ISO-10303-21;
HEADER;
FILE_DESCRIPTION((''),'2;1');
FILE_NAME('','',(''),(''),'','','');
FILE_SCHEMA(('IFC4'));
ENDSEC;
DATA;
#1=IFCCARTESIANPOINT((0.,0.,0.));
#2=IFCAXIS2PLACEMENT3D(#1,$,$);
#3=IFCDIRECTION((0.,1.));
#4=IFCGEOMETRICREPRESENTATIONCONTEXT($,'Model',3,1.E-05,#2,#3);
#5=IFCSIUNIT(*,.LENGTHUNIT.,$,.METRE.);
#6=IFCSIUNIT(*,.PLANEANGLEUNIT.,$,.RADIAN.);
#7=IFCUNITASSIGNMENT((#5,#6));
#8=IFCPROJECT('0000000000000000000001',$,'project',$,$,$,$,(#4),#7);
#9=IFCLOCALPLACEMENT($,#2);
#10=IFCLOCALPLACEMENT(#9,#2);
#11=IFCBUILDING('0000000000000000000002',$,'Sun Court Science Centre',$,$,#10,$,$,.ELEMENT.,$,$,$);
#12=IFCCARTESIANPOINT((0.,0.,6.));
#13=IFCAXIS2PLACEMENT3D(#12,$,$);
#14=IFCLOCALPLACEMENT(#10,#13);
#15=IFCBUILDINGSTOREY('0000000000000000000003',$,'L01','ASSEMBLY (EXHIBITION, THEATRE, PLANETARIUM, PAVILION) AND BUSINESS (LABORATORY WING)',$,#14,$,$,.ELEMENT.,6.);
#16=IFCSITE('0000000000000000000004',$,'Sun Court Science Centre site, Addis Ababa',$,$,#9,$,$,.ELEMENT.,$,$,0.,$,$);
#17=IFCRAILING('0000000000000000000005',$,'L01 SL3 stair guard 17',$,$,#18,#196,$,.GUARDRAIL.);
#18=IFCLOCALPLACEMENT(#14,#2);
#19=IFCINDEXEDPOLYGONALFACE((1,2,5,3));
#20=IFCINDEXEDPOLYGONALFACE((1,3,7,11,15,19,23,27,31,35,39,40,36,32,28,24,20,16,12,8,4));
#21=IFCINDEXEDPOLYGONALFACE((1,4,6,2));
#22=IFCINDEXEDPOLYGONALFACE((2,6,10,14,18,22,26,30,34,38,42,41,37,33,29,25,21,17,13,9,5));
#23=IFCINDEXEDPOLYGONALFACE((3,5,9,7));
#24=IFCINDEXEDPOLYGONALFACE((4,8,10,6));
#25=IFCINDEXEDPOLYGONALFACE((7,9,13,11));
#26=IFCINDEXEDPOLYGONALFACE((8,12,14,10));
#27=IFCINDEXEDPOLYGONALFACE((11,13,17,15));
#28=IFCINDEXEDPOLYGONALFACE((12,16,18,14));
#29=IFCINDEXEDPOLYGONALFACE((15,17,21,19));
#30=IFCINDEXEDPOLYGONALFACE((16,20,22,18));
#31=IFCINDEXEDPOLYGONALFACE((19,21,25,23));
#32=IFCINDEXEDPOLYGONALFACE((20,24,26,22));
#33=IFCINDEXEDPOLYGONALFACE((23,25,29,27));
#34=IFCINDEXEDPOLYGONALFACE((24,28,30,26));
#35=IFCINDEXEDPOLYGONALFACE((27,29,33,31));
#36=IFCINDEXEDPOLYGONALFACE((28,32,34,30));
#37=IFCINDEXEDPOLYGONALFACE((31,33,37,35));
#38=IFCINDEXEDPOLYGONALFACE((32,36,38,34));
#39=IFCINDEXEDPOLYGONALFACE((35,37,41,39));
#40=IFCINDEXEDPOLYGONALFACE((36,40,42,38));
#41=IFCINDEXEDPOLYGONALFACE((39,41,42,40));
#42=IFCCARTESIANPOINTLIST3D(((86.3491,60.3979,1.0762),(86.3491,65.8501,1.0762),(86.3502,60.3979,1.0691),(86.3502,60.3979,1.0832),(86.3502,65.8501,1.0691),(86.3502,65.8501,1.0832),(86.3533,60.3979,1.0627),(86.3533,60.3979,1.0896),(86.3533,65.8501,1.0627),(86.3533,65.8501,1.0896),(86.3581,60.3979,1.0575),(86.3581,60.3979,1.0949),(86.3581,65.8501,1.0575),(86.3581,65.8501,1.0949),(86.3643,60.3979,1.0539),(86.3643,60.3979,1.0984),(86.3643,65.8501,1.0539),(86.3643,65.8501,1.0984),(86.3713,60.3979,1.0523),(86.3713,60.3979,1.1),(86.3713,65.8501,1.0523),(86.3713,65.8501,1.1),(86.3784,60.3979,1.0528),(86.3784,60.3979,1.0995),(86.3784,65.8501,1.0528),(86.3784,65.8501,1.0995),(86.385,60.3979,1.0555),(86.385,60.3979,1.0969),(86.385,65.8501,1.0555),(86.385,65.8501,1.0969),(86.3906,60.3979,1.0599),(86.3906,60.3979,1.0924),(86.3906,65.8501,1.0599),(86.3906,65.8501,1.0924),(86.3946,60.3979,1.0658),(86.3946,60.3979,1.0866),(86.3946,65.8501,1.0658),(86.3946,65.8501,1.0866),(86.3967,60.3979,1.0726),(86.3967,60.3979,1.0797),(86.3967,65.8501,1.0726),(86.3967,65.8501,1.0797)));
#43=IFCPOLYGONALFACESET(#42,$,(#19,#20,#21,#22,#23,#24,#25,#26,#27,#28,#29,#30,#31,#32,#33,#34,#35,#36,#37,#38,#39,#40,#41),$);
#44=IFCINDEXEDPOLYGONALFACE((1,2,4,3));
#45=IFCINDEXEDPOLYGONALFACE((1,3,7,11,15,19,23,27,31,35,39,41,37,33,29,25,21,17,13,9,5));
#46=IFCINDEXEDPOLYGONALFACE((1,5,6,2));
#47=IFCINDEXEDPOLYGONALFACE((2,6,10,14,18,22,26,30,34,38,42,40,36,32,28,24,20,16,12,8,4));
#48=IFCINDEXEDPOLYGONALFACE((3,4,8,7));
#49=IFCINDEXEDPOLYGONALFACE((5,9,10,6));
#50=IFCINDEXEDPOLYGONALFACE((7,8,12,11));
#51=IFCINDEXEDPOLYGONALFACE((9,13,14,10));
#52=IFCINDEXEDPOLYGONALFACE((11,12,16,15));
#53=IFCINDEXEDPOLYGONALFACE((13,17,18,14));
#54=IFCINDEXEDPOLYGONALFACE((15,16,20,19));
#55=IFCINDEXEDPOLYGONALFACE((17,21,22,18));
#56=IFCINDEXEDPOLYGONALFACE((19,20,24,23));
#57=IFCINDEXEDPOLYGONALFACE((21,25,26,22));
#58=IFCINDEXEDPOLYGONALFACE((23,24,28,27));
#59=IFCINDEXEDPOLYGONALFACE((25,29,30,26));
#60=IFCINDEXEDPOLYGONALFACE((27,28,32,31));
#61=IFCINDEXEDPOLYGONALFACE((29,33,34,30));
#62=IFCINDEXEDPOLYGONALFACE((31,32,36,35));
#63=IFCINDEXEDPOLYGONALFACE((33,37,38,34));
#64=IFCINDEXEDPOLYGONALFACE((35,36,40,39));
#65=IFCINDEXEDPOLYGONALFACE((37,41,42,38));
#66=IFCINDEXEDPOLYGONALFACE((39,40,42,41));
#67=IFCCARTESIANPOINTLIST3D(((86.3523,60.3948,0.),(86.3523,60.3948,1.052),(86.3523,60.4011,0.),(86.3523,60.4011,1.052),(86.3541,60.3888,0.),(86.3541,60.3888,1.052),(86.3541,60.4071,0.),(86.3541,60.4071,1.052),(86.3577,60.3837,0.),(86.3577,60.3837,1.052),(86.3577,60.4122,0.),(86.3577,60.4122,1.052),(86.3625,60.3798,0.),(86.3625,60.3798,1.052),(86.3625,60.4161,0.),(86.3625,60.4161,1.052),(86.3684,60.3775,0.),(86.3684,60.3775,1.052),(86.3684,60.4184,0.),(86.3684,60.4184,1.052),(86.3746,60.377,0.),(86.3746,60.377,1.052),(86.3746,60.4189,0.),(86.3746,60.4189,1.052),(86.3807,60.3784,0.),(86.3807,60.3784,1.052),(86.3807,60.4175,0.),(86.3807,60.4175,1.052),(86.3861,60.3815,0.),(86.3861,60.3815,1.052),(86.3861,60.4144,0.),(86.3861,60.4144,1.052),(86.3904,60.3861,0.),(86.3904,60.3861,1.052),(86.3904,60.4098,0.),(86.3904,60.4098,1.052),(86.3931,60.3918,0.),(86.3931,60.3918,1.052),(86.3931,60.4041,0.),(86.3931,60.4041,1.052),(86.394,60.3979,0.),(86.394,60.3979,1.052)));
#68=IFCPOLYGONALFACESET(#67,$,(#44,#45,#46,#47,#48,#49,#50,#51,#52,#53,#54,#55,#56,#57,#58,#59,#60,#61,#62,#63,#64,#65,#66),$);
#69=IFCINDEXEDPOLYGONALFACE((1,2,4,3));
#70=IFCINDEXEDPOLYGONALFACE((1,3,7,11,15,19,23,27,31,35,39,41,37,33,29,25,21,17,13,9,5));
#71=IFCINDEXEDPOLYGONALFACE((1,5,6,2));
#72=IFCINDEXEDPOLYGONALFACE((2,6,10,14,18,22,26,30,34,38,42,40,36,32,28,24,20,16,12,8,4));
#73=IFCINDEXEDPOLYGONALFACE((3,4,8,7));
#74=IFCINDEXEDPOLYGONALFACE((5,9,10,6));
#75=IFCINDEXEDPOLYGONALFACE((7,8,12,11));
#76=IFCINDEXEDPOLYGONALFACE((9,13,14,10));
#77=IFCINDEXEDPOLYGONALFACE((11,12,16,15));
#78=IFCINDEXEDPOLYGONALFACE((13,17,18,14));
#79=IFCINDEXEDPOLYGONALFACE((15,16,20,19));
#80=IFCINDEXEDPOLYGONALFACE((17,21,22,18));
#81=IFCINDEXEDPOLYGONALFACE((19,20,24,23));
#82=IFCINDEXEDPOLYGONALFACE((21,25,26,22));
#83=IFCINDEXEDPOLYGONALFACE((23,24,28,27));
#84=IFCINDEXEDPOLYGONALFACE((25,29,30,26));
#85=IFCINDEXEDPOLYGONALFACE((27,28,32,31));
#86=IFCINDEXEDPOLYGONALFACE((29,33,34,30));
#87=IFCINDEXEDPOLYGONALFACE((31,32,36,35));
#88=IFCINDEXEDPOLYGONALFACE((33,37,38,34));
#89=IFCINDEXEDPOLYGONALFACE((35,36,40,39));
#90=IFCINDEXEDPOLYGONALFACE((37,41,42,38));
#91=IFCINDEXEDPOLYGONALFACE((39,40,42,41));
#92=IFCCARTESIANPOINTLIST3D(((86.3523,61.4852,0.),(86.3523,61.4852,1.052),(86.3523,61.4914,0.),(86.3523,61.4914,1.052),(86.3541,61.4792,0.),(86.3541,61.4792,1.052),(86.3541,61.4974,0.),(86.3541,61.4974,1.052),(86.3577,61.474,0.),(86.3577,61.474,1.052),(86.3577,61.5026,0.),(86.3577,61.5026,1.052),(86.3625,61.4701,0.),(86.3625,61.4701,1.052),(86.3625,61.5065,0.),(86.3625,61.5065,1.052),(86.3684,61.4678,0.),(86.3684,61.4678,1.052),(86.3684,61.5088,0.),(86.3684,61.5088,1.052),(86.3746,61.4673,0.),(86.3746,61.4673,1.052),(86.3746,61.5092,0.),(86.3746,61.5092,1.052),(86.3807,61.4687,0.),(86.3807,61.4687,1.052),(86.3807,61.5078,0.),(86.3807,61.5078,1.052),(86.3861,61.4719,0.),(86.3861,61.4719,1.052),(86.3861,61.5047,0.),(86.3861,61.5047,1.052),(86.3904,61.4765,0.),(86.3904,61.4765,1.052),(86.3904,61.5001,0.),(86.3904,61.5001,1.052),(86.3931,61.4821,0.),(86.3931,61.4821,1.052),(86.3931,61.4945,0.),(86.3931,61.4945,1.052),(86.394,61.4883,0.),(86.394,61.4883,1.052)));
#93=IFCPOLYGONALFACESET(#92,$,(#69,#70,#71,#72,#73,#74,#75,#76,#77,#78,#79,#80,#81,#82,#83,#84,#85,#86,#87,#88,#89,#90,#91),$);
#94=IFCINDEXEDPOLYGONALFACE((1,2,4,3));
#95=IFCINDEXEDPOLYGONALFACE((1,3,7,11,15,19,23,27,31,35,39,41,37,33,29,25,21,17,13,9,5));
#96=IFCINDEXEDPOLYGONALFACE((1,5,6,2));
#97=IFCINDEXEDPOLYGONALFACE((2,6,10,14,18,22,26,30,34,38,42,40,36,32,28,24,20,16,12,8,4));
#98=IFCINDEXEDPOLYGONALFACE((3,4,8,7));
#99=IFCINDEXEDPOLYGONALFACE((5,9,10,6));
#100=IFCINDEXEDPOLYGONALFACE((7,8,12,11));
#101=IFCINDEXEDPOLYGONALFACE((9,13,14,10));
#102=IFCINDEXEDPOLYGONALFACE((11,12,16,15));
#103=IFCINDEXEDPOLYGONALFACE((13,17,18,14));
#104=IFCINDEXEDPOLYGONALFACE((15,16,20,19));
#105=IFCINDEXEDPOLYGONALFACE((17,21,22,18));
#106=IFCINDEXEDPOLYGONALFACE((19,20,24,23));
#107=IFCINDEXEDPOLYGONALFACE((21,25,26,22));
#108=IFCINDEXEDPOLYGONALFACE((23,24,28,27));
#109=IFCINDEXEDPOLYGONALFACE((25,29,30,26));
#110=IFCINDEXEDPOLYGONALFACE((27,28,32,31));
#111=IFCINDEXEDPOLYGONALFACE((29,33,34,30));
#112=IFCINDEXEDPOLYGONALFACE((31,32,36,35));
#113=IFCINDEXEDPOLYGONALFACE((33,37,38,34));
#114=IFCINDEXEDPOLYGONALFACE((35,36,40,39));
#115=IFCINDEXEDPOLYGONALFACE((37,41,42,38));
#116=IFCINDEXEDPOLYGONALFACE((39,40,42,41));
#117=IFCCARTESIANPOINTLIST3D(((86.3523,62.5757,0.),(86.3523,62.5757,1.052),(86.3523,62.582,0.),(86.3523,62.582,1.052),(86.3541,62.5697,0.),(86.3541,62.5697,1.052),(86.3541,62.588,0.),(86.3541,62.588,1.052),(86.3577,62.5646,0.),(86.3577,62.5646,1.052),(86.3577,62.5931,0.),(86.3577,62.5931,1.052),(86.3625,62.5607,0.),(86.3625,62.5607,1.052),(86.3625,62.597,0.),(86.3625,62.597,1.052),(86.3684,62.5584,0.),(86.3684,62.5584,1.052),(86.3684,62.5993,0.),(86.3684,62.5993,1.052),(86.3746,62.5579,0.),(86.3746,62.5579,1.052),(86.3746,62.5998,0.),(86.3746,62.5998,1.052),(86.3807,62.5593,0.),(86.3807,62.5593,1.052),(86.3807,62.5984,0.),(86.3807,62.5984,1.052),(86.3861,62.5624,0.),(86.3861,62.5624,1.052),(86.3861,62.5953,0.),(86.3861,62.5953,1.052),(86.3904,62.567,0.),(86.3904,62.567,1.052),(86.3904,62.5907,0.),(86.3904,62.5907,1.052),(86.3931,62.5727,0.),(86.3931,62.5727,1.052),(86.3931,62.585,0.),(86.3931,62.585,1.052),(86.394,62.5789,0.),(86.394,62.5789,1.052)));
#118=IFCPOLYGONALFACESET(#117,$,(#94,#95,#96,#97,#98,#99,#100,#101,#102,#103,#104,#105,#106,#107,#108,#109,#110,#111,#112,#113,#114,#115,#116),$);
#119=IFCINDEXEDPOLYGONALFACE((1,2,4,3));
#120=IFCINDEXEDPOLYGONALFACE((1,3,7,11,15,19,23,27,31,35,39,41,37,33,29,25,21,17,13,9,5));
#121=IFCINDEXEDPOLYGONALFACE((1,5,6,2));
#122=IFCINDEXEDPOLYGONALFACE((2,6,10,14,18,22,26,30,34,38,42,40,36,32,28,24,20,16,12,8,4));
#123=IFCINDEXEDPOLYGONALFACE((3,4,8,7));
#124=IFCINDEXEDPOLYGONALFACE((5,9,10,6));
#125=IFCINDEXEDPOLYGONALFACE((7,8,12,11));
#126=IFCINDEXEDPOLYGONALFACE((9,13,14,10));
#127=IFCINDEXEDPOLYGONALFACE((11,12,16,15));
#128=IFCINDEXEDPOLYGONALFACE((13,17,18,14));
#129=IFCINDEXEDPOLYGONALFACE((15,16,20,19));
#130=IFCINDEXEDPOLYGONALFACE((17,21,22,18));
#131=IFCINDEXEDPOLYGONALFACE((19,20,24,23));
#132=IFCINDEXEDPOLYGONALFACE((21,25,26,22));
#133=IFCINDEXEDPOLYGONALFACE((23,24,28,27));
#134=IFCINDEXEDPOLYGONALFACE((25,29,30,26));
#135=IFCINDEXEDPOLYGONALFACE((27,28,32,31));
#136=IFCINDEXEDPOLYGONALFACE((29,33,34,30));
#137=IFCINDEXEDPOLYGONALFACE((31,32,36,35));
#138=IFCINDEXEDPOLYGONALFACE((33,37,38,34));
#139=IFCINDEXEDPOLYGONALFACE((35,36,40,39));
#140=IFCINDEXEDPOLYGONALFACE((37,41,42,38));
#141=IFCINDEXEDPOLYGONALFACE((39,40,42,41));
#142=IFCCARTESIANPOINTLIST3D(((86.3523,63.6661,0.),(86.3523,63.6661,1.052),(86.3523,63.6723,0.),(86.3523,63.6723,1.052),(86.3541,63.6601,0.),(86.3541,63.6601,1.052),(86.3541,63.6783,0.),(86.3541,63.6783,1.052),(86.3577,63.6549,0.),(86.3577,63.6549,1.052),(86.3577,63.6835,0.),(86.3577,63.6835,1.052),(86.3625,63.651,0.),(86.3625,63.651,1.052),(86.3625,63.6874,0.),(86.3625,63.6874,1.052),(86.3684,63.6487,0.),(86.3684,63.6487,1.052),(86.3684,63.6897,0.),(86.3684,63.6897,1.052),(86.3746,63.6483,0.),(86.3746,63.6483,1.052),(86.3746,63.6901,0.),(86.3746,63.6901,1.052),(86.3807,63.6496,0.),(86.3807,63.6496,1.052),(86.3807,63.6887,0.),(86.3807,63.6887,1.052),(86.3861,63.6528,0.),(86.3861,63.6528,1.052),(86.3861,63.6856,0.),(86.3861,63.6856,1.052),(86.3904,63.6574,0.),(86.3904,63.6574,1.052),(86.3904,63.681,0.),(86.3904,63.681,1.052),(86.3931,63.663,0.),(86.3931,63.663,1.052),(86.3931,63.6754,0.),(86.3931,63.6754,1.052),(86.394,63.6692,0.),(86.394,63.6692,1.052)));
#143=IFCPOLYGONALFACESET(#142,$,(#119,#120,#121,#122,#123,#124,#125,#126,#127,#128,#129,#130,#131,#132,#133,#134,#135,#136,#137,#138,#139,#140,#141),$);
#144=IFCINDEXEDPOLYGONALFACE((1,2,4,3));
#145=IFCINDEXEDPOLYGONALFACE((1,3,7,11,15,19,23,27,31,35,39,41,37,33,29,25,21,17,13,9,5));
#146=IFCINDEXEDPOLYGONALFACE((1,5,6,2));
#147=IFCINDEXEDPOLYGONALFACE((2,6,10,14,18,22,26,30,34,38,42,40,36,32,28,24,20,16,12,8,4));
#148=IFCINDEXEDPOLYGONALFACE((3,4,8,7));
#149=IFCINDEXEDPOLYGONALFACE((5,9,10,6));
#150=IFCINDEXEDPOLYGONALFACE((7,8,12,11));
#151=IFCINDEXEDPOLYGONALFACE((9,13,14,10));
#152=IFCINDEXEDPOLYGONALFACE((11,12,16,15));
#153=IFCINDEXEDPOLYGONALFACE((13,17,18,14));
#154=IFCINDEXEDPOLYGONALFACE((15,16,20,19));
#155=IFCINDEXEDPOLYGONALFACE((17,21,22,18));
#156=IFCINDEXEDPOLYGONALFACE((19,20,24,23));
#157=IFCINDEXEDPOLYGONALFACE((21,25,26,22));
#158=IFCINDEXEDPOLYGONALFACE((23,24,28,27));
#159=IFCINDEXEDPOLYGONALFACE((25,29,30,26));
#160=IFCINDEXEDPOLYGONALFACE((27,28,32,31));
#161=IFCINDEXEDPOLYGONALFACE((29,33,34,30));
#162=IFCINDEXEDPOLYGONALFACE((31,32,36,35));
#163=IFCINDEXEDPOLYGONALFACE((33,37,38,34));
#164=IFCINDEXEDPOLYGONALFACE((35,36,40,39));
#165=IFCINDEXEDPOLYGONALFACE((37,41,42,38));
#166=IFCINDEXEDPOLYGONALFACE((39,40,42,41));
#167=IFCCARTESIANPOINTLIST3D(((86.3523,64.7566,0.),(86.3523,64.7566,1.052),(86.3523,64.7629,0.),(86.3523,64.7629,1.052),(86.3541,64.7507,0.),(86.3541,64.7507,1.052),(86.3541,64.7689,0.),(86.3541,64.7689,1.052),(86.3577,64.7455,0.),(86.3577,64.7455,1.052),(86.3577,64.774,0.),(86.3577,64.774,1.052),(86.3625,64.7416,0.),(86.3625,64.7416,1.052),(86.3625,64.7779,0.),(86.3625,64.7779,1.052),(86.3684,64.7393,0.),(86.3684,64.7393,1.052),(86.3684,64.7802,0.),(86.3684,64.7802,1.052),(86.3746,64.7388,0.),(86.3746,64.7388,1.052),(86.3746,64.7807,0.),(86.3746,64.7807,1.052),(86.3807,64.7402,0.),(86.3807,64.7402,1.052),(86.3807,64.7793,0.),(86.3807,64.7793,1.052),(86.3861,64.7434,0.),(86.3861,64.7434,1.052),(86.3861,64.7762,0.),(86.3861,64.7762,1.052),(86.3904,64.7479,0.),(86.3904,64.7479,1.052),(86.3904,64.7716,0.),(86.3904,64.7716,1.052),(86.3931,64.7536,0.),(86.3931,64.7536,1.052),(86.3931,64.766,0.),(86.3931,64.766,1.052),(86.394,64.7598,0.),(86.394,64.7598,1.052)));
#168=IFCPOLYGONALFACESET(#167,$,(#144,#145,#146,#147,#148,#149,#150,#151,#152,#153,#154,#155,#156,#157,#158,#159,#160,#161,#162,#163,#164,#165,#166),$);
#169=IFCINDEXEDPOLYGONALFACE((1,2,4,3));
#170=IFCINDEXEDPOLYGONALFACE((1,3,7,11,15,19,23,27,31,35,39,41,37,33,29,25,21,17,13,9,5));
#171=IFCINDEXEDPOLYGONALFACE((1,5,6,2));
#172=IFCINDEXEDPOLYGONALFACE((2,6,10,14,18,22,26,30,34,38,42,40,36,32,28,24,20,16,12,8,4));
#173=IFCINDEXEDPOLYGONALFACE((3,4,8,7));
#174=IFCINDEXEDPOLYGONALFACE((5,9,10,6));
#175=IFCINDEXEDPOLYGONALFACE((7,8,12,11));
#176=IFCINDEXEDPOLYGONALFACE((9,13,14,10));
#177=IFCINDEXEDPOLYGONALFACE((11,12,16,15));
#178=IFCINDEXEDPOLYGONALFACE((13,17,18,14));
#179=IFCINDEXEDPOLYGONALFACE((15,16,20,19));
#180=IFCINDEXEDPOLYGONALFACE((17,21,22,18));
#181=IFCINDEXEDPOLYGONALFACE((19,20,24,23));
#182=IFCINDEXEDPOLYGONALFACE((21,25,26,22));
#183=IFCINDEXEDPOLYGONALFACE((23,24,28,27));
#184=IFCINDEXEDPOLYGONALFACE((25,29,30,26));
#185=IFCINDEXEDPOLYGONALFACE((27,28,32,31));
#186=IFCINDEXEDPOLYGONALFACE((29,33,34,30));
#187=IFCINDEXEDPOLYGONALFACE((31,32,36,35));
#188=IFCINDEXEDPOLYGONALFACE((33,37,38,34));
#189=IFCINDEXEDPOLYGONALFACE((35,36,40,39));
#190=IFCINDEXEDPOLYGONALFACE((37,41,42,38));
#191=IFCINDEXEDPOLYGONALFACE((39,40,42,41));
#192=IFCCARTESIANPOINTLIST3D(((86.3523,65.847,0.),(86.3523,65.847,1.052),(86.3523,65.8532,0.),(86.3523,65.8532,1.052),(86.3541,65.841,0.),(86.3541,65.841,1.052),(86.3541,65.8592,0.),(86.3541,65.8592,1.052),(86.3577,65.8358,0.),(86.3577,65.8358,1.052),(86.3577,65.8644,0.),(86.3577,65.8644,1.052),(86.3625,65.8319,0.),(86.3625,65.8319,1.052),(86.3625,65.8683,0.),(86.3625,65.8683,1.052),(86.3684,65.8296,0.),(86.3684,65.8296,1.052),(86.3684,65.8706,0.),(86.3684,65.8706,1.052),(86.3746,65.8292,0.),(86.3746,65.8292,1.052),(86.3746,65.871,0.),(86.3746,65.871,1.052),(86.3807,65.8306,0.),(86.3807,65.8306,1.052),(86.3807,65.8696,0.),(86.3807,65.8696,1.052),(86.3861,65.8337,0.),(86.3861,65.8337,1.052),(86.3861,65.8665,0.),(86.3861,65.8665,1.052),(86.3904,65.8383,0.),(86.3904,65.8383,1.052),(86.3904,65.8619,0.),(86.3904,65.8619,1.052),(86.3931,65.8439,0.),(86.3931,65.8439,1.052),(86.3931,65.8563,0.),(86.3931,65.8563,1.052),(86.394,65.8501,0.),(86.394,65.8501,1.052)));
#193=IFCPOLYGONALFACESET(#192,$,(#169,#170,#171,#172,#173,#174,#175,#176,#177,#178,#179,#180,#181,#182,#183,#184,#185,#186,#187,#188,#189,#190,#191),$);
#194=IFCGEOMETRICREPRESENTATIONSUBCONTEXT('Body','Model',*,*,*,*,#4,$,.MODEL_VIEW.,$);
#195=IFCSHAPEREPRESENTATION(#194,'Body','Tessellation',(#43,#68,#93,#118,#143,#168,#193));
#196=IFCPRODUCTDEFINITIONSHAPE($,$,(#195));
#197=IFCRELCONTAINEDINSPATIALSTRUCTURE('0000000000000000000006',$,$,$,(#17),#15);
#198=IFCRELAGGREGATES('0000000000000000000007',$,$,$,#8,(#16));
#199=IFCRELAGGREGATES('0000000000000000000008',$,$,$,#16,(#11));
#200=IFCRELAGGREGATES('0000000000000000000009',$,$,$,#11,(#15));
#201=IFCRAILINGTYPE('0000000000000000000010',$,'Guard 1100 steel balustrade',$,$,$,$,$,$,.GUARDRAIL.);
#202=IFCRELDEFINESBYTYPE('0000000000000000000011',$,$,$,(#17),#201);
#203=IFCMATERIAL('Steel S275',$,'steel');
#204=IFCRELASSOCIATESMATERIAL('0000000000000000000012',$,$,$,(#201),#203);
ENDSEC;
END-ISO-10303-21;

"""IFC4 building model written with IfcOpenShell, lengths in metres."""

from ifc_helpers import new_model, si_unit, direction, frame, origin, origin_2d, place, context, subcontext, project, spatial, circle, extrude, material, type_object, element, save


model = new_model("IFC4")

# Units and contexts
model_context = context("Model", 3, precision=1e-05, world=origin(), true_north=direction((0.0, 1.0)))
body_context = subcontext(model_context, "Body", "Model", "MODEL_VIEW")
ifc_project = project(units=[si_unit("LENGTHUNIT", "METRE"), si_unit("PLANEANGLEUNIT", "RADIAN")], contexts=[model_context])

# Site, building, storey
site_placement = place(None, origin())
site = spatial("IfcSite", under=ifc_project, at=site_placement, Name="Sun Court Science Centre site, Addis Ababa", CompositionType="ELEMENT", RefElevation=0.0)
building_placement = place(site_placement, origin())
building = spatial("IfcBuilding", under=site, at=building_placement, Name="Sun Court Science Centre", CompositionType="ELEMENT")
storey_placement = place(building_placement, frame((0.0, 0.0, 6.0)))
storey = spatial("IfcBuildingStorey", under=building, at=storey_placement, Name="L01", Description="ASSEMBLY (EXHIBITION, THEATRE, PLANETARIUM, PAVILION) AND BUSINESS (LABORATORY WING)", CompositionType="ELEMENT", Elevation=6.0)

# Railing
ifc_material_1 = material(Name="Steel S275", Category="steel")
railing_type_1 = type_object("IfcRailingType", Name="Guard 1100 steel balustrade", PredefinedType="GUARDRAIL", material=ifc_material_1)
railing_1_placement = place(storey_placement, frame((86.373, 60.3979, 0.0)))
element("IfcRailing", 1, at=railing_1_placement, inside=storey, type_object=railing_type_1, Name="L01 SL3 stair guard 17", PredefinedType="GUARDRAIL", context=body_context, shape_type="SweptSolid", body=[
    extrude(circle(Radius=0.0239, at=origin_2d()), frame((0.0, 0.0, 1.0762), z_axis=(0.0, 1.0, 0.0), x_axis=(-1.0, 0.0, 0.0)), (0.0, 0.0, 1.0), 5.4521),
    extrude(circle(Radius=0.021, at=origin_2d()), origin(), (0.0, 0.0, 1.0), 1.052),
    extrude(circle(Radius=0.021, at=origin_2d()), frame((0.0, 1.0903, 0.0)), (0.0, 0.0, 1.0), 1.052),
    extrude(circle(Radius=0.021, at=origin_2d()), frame((0.0, 2.1809, 0.0)), (0.0, 0.0, 1.0), 1.052),
    extrude(circle(Radius=0.021, at=origin_2d()), frame((0.0, 3.2712, 0.0)), (0.0, 0.0, 1.0), 1.052),
    extrude(circle(Radius=0.021, at=origin_2d()), frame((0.0, 4.3618, 0.0)), (0.0, 0.0, 1.0), 1.052),
    extrude(circle(Radius=0.021, at=origin_2d()), frame((0.0, 5.4521, 0.0)), (0.0, 0.0, 1.0), 1.052),
])

save(model, "model.ifc")
